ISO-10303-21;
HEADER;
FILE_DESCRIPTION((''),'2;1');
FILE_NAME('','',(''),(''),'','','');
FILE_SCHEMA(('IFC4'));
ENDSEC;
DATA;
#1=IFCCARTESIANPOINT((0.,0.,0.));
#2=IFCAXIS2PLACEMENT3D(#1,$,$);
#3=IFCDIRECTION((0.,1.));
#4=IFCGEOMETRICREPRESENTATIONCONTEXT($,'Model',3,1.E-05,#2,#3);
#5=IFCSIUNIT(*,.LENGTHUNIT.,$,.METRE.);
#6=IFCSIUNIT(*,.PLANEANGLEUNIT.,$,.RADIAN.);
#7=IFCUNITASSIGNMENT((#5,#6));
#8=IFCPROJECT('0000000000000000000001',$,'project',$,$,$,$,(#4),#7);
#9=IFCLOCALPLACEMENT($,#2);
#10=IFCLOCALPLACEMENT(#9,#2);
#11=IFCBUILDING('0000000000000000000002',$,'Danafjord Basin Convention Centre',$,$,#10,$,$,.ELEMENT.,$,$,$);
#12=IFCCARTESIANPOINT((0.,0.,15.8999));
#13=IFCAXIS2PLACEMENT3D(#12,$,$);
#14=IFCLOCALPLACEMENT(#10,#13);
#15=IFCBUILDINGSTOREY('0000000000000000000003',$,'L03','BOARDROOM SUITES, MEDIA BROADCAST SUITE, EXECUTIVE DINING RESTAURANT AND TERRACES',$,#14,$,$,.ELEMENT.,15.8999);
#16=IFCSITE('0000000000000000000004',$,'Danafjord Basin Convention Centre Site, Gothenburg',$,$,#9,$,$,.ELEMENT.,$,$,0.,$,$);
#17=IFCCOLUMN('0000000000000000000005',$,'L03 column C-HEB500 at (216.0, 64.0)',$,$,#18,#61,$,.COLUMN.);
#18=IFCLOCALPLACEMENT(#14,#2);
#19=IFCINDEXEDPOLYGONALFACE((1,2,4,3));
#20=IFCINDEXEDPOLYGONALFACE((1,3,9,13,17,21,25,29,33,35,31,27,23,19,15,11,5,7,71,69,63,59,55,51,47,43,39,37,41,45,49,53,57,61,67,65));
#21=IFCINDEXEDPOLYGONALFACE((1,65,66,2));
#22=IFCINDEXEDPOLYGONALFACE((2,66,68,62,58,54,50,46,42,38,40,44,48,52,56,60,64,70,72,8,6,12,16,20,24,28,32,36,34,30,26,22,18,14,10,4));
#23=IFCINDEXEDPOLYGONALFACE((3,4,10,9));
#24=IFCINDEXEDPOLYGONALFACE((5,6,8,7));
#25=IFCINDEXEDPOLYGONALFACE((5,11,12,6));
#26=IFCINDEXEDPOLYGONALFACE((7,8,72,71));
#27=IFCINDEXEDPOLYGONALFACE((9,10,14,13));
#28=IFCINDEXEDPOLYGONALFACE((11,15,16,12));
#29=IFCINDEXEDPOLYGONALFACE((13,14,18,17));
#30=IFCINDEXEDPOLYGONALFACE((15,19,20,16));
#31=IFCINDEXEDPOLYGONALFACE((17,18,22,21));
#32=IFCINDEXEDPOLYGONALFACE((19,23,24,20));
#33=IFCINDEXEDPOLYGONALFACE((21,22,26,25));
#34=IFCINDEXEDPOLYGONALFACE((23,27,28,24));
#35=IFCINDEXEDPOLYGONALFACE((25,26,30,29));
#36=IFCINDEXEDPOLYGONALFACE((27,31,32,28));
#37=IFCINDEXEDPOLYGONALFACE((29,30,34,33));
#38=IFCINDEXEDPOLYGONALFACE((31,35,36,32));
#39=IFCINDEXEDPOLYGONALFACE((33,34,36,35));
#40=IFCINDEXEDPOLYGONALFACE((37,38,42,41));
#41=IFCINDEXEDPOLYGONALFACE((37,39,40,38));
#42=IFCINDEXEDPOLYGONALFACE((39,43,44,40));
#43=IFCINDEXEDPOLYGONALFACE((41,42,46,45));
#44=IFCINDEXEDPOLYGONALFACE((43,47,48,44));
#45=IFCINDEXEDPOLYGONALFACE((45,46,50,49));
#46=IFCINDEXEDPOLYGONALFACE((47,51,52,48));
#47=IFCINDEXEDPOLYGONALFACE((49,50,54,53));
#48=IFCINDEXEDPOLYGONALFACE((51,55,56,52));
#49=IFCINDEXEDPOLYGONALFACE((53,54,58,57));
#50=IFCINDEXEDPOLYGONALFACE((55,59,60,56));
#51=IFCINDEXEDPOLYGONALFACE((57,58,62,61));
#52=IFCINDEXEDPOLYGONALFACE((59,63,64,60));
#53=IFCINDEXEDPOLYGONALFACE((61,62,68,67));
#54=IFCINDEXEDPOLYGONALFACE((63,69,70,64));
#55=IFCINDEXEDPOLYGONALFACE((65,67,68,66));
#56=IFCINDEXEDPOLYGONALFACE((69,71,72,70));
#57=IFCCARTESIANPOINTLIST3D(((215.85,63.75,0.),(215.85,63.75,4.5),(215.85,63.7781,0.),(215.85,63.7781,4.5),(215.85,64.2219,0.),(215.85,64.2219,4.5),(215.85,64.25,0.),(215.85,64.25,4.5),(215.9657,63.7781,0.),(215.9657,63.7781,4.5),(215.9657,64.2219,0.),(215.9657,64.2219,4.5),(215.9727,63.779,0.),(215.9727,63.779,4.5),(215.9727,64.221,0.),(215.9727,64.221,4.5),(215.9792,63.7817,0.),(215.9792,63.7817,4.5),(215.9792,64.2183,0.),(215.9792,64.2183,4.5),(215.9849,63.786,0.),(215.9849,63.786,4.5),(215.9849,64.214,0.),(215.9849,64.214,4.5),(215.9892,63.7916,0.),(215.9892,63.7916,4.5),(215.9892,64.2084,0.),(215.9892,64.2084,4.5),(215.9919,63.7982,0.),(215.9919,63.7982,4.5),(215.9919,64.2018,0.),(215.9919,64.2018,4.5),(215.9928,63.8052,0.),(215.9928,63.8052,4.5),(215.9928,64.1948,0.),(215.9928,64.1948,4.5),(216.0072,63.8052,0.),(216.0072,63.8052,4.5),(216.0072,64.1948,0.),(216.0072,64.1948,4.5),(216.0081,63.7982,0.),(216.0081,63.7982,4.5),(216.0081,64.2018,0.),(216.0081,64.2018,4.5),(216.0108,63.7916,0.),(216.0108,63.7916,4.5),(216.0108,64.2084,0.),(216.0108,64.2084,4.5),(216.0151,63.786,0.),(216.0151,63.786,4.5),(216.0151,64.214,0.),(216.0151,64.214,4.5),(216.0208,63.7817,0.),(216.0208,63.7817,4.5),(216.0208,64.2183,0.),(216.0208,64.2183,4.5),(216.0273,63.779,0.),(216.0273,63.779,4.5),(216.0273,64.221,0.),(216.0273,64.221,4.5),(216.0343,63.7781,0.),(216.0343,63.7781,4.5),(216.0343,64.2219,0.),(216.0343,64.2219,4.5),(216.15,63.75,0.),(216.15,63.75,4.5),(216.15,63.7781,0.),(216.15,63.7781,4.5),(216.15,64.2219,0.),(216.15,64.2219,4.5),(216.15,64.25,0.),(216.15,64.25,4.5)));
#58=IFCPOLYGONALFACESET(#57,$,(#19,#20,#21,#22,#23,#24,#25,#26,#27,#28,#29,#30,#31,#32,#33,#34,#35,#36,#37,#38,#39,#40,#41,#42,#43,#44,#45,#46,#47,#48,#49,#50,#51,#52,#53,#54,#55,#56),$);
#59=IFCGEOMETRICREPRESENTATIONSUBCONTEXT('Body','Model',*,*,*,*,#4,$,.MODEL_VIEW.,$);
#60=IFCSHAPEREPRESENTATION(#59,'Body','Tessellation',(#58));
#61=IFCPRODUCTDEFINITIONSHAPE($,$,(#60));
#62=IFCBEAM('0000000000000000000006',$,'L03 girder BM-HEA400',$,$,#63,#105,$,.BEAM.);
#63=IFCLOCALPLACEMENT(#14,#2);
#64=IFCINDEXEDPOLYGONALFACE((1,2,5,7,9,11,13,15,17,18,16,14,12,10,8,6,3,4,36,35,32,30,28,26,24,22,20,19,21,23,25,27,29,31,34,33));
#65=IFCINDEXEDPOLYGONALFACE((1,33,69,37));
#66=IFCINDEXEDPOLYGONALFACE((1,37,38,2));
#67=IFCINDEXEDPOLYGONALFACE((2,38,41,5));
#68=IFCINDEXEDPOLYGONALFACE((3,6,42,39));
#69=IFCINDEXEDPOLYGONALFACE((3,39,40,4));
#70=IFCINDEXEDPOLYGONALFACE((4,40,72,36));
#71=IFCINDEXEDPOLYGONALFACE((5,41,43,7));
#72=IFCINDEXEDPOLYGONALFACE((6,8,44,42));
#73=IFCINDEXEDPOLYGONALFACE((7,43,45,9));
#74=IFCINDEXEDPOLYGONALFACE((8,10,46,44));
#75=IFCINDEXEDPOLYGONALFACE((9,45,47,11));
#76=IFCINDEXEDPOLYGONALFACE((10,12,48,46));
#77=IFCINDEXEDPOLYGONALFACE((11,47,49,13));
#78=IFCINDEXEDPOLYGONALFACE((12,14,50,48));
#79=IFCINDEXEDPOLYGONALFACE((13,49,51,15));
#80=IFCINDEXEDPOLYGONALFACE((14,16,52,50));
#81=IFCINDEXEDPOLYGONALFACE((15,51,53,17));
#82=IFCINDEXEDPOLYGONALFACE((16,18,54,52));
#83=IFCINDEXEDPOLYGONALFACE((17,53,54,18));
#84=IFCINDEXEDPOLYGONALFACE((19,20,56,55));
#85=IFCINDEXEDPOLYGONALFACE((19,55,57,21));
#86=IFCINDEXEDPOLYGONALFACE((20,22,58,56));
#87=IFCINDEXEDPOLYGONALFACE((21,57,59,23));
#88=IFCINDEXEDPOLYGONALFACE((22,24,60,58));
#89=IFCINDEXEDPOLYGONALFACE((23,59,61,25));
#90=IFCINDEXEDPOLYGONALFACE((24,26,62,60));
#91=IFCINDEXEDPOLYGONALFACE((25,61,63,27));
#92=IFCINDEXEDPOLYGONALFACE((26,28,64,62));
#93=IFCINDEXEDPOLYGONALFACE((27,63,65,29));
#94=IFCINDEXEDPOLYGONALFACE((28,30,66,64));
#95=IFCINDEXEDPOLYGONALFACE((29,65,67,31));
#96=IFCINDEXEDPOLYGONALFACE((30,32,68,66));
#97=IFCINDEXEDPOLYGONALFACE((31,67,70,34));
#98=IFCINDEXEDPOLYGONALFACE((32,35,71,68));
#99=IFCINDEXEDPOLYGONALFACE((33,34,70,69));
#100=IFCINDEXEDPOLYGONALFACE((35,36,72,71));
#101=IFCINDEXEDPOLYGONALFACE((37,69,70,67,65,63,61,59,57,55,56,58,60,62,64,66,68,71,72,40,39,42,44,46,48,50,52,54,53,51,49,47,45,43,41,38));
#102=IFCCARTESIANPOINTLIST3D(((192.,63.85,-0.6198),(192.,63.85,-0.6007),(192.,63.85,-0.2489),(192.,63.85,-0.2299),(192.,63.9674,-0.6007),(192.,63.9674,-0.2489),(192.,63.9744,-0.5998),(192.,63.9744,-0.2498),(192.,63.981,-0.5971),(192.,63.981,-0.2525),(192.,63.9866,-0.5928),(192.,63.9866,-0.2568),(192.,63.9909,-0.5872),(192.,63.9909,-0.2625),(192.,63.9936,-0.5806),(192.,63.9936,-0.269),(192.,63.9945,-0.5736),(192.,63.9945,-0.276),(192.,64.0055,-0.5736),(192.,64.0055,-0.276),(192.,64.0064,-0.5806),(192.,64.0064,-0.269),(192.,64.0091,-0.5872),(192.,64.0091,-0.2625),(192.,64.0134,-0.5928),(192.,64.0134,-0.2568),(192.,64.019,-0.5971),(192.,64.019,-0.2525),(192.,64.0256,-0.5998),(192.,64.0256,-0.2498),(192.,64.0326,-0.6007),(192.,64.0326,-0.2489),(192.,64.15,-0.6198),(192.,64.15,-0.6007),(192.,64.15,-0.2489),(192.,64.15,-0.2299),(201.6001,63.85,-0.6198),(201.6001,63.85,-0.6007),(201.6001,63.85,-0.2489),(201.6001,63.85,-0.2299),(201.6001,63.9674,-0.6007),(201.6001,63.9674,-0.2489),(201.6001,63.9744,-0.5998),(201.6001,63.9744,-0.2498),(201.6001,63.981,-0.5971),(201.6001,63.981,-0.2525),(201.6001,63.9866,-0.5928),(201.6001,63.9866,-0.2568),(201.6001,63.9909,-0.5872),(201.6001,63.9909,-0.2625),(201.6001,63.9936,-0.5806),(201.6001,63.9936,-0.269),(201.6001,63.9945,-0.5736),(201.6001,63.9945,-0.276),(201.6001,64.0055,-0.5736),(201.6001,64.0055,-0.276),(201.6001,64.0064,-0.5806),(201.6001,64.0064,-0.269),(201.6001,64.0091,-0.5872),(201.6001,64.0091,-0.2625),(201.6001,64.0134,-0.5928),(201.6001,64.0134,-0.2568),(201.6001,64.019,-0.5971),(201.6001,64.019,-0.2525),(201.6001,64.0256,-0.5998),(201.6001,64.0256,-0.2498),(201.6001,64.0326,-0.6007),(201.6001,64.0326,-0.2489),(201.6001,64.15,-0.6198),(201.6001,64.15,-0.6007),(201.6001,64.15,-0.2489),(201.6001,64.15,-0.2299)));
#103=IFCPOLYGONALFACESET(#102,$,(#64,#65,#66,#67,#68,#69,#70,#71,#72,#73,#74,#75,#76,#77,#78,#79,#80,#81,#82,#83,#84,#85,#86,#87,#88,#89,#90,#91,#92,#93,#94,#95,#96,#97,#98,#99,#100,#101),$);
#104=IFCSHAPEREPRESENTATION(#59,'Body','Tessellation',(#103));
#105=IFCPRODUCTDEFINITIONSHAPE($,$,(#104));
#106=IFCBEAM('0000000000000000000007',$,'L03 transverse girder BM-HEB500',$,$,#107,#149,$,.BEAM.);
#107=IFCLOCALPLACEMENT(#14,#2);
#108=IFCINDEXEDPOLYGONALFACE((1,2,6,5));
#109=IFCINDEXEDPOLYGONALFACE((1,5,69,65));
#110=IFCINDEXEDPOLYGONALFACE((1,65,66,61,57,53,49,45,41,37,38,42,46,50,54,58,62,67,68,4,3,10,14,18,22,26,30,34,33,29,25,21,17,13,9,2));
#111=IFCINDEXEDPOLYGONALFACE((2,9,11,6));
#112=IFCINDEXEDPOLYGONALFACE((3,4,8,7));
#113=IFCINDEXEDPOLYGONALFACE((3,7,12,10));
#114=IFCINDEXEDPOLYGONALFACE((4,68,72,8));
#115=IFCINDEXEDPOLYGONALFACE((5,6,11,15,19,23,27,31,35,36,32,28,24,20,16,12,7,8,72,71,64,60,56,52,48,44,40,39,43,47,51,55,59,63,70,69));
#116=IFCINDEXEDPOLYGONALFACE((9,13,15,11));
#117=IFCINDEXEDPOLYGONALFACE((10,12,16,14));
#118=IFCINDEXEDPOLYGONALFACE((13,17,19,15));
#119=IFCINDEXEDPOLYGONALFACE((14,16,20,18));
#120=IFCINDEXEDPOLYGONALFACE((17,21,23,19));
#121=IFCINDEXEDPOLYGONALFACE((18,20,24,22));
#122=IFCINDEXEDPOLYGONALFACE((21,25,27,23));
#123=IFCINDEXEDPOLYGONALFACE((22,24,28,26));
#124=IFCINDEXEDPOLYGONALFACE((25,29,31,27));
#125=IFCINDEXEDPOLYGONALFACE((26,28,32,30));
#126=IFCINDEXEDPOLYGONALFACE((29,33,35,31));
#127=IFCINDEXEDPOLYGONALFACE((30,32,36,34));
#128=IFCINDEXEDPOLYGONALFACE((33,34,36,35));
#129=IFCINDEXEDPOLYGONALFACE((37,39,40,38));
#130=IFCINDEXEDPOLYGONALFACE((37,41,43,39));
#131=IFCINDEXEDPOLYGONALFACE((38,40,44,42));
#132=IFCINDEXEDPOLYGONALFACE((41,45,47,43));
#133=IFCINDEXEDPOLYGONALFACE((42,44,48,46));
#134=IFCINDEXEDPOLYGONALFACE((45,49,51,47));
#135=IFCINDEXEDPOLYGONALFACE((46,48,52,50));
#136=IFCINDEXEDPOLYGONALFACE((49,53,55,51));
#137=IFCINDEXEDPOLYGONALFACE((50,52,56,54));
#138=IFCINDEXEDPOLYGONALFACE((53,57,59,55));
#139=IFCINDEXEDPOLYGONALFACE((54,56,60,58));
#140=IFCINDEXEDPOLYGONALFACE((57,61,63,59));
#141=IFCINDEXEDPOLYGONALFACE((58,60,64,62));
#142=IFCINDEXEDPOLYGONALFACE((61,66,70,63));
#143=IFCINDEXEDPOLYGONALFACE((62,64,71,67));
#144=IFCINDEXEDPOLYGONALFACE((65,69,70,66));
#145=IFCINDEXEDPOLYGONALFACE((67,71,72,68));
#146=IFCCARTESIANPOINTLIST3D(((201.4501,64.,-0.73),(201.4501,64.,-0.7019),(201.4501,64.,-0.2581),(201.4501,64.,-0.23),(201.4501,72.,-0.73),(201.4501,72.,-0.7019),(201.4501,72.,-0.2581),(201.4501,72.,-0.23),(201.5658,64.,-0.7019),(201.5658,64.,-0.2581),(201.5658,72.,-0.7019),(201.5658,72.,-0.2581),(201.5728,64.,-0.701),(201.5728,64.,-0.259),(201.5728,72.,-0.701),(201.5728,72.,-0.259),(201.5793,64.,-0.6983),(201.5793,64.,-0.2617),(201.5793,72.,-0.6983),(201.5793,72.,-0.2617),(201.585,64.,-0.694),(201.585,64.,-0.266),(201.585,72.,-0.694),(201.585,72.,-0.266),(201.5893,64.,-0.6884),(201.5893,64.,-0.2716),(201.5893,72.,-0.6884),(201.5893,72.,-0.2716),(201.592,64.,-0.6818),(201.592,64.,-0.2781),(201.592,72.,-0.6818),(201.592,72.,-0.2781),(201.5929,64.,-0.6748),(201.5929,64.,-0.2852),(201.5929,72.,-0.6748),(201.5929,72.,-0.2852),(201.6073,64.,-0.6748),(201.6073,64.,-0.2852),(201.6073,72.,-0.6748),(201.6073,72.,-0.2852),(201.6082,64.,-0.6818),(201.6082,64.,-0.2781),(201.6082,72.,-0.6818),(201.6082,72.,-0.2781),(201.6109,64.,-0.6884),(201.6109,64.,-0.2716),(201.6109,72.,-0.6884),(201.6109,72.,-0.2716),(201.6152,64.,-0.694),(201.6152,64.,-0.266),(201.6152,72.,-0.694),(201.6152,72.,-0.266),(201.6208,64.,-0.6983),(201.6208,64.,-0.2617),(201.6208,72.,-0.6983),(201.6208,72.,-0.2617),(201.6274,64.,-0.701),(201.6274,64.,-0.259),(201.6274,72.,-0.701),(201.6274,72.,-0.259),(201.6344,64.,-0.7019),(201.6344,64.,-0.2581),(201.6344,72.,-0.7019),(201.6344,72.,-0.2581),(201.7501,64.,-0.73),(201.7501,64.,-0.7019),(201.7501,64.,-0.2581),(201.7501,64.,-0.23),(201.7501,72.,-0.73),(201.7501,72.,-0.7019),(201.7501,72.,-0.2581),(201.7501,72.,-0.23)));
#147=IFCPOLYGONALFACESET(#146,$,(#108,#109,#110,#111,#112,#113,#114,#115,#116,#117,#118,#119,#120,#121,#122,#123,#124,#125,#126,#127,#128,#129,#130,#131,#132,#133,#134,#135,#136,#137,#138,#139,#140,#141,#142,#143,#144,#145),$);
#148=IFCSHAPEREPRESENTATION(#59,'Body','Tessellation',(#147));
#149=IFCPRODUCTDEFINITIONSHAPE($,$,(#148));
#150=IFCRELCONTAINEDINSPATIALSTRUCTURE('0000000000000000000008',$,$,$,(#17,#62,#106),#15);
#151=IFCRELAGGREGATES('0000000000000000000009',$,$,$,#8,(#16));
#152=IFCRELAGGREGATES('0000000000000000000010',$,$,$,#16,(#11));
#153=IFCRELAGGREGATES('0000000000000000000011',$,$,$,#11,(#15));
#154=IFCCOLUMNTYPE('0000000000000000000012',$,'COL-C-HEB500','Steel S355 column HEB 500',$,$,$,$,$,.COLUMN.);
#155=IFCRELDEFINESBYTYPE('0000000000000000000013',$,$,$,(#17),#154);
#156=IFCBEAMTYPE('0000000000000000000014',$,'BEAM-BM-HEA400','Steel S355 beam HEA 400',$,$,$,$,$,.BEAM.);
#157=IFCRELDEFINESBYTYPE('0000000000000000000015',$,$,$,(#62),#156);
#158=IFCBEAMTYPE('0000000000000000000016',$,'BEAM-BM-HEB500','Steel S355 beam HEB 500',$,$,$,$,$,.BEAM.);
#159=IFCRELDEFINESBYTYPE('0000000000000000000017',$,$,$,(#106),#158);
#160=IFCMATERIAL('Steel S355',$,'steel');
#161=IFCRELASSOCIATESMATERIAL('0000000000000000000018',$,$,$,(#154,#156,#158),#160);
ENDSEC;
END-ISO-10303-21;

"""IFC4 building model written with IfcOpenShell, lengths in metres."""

from ifc_helpers import new_model, si_unit, direction, frame, origin, origin_2d, place, context, subcontext, project, spatial, i_section, extrude, material, material_profile, profile_set, type_object, element, save


model = new_model("IFC4")

# Units and contexts
model_context = context("Model", 3, precision=1e-05, world=origin(), true_north=direction((0.0, 1.0)))
body_context = subcontext(model_context, "Body", "Model", "MODEL_VIEW")
ifc_project = project(units=[si_unit("LENGTHUNIT", "METRE"), si_unit("PLANEANGLEUNIT", "RADIAN")], contexts=[model_context])

# Site, building, storey
site_placement = place(None, origin())
site = spatial("IfcSite", under=ifc_project, at=site_placement, Name="Danafjord Basin Convention Centre Site, Gothenburg", CompositionType="ELEMENT", RefElevation=0.0)
building_placement = place(site_placement, origin())
building = spatial("IfcBuilding", under=site, at=building_placement, Name="Danafjord Basin Convention Centre", CompositionType="ELEMENT")
storey_placement = place(building_placement, frame((0.0, 0.0, 15.8999)))
storey = spatial("IfcBuildingStorey", under=building, at=storey_placement, Name="L03", Description="BOARDROOM SUITES, MEDIA BROADCAST SUITE, EXECUTIVE DINING RESTAURANT AND TERRACES", CompositionType="ELEMENT", Elevation=15.8999)

# Column
ifc_material_1 = material(Name="Steel S355", Category="steel")
ifc_material_profile_1 = material_profile(ifc_material_1, i_section(OverallWidth=0.3, OverallDepth=0.5, WebThickness=0.0144, FlangeThickness=0.0281, FilletRadius=0.0271, at=origin_2d()), Name="HEB 500")
ifc_profile_set_1 = profile_set([ifc_material_profile_1], Name="Steel S355")
column_type_1 = type_object("IfcColumnType", Name="COL-C-HEB500", Description="Steel S355 column HEB 500", PredefinedType="COLUMN", material=ifc_profile_set_1)
column_1_placement = place(storey_placement, frame((216.0, 64.0, 0.0), z_axis=(0.0, 0.0, 1.0), x_axis=(1.0, 0.0, 0.0)))
element("IfcColumn", 1, at=column_1_placement, inside=storey, type_object=column_type_1, Name="L03 column C-HEB500 at (216.0, 64.0)", PredefinedType="COLUMN", context=body_context, shape_type="SweptSolid", body=[
    extrude(i_section(OverallWidth=0.3, OverallDepth=0.5, WebThickness=0.0144, FlangeThickness=0.0281, FilletRadius=0.0271, at=origin_2d()), origin(), (0.0, 0.0, 1.0), 4.5),
])

# Beams
ifc_material_profile_2 = material_profile(ifc_material_1, i_section(OverallWidth=0.3, OverallDepth=0.3899, WebThickness=0.011, FlangeThickness=0.019, FilletRadius=0.0271, at=origin_2d()), Name="HEA 400")
ifc_profile_set_2 = profile_set([ifc_material_profile_2], Name="Steel S355")
beam_type_1 = type_object("IfcBeamType", Name="BEAM-BM-HEA400", Description="Steel S355 beam HEA 400", PredefinedType="BEAM", material=ifc_profile_set_2)
beam_1_placement = place(storey_placement, frame((192.0, 64.0, -0.4248), z_axis=(1.0, 0.0, 0.0), x_axis=(0.0, 1.0, 0.0)))
element("IfcBeam", 2, at=beam_1_placement, inside=storey, type_object=beam_type_1, Name="L03 girder BM-HEA400", PredefinedType="BEAM", context=body_context, shape_type="SweptSolid", body=[
    extrude(i_section(OverallWidth=0.3, OverallDepth=0.3899, WebThickness=0.011, FlangeThickness=0.019, FilletRadius=0.0271, at=origin_2d()), origin(), (0.0, 0.0, 1.0), 9.6001),
])
ifc_material_profile_3 = material_profile(ifc_material_1, i_section(OverallWidth=0.3, OverallDepth=0.5, WebThickness=0.0144, FlangeThickness=0.0281, FilletRadius=0.0271, at=origin_2d()), Name="HEB 500")
ifc_profile_set_3 = profile_set([ifc_material_profile_3], Name="Steel S355")
beam_type_2 = type_object("IfcBeamType", Name="BEAM-BM-HEB500", Description="Steel S355 beam HEB 500", PredefinedType="BEAM", material=ifc_profile_set_3)
beam_2_placement = place(storey_placement, frame((201.6001, 64.0, -0.48), z_axis=(0.0, 1.0, 0.0), x_axis=(-1.0, 0.0, 0.0)))
element("IfcBeam", 3, at=beam_2_placement, inside=storey, type_object=beam_type_2, Name="L03 transverse girder BM-HEB500", PredefinedType="BEAM", context=body_context, shape_type="SweptSolid", body=[
    extrude(i_section(OverallWidth=0.3, OverallDepth=0.5, WebThickness=0.0144, FlangeThickness=0.0281, FilletRadius=0.0271, at=origin_2d()), origin(), (0.0, 0.0, 1.0), 8.0),
])

save(model, "model.ifc")
